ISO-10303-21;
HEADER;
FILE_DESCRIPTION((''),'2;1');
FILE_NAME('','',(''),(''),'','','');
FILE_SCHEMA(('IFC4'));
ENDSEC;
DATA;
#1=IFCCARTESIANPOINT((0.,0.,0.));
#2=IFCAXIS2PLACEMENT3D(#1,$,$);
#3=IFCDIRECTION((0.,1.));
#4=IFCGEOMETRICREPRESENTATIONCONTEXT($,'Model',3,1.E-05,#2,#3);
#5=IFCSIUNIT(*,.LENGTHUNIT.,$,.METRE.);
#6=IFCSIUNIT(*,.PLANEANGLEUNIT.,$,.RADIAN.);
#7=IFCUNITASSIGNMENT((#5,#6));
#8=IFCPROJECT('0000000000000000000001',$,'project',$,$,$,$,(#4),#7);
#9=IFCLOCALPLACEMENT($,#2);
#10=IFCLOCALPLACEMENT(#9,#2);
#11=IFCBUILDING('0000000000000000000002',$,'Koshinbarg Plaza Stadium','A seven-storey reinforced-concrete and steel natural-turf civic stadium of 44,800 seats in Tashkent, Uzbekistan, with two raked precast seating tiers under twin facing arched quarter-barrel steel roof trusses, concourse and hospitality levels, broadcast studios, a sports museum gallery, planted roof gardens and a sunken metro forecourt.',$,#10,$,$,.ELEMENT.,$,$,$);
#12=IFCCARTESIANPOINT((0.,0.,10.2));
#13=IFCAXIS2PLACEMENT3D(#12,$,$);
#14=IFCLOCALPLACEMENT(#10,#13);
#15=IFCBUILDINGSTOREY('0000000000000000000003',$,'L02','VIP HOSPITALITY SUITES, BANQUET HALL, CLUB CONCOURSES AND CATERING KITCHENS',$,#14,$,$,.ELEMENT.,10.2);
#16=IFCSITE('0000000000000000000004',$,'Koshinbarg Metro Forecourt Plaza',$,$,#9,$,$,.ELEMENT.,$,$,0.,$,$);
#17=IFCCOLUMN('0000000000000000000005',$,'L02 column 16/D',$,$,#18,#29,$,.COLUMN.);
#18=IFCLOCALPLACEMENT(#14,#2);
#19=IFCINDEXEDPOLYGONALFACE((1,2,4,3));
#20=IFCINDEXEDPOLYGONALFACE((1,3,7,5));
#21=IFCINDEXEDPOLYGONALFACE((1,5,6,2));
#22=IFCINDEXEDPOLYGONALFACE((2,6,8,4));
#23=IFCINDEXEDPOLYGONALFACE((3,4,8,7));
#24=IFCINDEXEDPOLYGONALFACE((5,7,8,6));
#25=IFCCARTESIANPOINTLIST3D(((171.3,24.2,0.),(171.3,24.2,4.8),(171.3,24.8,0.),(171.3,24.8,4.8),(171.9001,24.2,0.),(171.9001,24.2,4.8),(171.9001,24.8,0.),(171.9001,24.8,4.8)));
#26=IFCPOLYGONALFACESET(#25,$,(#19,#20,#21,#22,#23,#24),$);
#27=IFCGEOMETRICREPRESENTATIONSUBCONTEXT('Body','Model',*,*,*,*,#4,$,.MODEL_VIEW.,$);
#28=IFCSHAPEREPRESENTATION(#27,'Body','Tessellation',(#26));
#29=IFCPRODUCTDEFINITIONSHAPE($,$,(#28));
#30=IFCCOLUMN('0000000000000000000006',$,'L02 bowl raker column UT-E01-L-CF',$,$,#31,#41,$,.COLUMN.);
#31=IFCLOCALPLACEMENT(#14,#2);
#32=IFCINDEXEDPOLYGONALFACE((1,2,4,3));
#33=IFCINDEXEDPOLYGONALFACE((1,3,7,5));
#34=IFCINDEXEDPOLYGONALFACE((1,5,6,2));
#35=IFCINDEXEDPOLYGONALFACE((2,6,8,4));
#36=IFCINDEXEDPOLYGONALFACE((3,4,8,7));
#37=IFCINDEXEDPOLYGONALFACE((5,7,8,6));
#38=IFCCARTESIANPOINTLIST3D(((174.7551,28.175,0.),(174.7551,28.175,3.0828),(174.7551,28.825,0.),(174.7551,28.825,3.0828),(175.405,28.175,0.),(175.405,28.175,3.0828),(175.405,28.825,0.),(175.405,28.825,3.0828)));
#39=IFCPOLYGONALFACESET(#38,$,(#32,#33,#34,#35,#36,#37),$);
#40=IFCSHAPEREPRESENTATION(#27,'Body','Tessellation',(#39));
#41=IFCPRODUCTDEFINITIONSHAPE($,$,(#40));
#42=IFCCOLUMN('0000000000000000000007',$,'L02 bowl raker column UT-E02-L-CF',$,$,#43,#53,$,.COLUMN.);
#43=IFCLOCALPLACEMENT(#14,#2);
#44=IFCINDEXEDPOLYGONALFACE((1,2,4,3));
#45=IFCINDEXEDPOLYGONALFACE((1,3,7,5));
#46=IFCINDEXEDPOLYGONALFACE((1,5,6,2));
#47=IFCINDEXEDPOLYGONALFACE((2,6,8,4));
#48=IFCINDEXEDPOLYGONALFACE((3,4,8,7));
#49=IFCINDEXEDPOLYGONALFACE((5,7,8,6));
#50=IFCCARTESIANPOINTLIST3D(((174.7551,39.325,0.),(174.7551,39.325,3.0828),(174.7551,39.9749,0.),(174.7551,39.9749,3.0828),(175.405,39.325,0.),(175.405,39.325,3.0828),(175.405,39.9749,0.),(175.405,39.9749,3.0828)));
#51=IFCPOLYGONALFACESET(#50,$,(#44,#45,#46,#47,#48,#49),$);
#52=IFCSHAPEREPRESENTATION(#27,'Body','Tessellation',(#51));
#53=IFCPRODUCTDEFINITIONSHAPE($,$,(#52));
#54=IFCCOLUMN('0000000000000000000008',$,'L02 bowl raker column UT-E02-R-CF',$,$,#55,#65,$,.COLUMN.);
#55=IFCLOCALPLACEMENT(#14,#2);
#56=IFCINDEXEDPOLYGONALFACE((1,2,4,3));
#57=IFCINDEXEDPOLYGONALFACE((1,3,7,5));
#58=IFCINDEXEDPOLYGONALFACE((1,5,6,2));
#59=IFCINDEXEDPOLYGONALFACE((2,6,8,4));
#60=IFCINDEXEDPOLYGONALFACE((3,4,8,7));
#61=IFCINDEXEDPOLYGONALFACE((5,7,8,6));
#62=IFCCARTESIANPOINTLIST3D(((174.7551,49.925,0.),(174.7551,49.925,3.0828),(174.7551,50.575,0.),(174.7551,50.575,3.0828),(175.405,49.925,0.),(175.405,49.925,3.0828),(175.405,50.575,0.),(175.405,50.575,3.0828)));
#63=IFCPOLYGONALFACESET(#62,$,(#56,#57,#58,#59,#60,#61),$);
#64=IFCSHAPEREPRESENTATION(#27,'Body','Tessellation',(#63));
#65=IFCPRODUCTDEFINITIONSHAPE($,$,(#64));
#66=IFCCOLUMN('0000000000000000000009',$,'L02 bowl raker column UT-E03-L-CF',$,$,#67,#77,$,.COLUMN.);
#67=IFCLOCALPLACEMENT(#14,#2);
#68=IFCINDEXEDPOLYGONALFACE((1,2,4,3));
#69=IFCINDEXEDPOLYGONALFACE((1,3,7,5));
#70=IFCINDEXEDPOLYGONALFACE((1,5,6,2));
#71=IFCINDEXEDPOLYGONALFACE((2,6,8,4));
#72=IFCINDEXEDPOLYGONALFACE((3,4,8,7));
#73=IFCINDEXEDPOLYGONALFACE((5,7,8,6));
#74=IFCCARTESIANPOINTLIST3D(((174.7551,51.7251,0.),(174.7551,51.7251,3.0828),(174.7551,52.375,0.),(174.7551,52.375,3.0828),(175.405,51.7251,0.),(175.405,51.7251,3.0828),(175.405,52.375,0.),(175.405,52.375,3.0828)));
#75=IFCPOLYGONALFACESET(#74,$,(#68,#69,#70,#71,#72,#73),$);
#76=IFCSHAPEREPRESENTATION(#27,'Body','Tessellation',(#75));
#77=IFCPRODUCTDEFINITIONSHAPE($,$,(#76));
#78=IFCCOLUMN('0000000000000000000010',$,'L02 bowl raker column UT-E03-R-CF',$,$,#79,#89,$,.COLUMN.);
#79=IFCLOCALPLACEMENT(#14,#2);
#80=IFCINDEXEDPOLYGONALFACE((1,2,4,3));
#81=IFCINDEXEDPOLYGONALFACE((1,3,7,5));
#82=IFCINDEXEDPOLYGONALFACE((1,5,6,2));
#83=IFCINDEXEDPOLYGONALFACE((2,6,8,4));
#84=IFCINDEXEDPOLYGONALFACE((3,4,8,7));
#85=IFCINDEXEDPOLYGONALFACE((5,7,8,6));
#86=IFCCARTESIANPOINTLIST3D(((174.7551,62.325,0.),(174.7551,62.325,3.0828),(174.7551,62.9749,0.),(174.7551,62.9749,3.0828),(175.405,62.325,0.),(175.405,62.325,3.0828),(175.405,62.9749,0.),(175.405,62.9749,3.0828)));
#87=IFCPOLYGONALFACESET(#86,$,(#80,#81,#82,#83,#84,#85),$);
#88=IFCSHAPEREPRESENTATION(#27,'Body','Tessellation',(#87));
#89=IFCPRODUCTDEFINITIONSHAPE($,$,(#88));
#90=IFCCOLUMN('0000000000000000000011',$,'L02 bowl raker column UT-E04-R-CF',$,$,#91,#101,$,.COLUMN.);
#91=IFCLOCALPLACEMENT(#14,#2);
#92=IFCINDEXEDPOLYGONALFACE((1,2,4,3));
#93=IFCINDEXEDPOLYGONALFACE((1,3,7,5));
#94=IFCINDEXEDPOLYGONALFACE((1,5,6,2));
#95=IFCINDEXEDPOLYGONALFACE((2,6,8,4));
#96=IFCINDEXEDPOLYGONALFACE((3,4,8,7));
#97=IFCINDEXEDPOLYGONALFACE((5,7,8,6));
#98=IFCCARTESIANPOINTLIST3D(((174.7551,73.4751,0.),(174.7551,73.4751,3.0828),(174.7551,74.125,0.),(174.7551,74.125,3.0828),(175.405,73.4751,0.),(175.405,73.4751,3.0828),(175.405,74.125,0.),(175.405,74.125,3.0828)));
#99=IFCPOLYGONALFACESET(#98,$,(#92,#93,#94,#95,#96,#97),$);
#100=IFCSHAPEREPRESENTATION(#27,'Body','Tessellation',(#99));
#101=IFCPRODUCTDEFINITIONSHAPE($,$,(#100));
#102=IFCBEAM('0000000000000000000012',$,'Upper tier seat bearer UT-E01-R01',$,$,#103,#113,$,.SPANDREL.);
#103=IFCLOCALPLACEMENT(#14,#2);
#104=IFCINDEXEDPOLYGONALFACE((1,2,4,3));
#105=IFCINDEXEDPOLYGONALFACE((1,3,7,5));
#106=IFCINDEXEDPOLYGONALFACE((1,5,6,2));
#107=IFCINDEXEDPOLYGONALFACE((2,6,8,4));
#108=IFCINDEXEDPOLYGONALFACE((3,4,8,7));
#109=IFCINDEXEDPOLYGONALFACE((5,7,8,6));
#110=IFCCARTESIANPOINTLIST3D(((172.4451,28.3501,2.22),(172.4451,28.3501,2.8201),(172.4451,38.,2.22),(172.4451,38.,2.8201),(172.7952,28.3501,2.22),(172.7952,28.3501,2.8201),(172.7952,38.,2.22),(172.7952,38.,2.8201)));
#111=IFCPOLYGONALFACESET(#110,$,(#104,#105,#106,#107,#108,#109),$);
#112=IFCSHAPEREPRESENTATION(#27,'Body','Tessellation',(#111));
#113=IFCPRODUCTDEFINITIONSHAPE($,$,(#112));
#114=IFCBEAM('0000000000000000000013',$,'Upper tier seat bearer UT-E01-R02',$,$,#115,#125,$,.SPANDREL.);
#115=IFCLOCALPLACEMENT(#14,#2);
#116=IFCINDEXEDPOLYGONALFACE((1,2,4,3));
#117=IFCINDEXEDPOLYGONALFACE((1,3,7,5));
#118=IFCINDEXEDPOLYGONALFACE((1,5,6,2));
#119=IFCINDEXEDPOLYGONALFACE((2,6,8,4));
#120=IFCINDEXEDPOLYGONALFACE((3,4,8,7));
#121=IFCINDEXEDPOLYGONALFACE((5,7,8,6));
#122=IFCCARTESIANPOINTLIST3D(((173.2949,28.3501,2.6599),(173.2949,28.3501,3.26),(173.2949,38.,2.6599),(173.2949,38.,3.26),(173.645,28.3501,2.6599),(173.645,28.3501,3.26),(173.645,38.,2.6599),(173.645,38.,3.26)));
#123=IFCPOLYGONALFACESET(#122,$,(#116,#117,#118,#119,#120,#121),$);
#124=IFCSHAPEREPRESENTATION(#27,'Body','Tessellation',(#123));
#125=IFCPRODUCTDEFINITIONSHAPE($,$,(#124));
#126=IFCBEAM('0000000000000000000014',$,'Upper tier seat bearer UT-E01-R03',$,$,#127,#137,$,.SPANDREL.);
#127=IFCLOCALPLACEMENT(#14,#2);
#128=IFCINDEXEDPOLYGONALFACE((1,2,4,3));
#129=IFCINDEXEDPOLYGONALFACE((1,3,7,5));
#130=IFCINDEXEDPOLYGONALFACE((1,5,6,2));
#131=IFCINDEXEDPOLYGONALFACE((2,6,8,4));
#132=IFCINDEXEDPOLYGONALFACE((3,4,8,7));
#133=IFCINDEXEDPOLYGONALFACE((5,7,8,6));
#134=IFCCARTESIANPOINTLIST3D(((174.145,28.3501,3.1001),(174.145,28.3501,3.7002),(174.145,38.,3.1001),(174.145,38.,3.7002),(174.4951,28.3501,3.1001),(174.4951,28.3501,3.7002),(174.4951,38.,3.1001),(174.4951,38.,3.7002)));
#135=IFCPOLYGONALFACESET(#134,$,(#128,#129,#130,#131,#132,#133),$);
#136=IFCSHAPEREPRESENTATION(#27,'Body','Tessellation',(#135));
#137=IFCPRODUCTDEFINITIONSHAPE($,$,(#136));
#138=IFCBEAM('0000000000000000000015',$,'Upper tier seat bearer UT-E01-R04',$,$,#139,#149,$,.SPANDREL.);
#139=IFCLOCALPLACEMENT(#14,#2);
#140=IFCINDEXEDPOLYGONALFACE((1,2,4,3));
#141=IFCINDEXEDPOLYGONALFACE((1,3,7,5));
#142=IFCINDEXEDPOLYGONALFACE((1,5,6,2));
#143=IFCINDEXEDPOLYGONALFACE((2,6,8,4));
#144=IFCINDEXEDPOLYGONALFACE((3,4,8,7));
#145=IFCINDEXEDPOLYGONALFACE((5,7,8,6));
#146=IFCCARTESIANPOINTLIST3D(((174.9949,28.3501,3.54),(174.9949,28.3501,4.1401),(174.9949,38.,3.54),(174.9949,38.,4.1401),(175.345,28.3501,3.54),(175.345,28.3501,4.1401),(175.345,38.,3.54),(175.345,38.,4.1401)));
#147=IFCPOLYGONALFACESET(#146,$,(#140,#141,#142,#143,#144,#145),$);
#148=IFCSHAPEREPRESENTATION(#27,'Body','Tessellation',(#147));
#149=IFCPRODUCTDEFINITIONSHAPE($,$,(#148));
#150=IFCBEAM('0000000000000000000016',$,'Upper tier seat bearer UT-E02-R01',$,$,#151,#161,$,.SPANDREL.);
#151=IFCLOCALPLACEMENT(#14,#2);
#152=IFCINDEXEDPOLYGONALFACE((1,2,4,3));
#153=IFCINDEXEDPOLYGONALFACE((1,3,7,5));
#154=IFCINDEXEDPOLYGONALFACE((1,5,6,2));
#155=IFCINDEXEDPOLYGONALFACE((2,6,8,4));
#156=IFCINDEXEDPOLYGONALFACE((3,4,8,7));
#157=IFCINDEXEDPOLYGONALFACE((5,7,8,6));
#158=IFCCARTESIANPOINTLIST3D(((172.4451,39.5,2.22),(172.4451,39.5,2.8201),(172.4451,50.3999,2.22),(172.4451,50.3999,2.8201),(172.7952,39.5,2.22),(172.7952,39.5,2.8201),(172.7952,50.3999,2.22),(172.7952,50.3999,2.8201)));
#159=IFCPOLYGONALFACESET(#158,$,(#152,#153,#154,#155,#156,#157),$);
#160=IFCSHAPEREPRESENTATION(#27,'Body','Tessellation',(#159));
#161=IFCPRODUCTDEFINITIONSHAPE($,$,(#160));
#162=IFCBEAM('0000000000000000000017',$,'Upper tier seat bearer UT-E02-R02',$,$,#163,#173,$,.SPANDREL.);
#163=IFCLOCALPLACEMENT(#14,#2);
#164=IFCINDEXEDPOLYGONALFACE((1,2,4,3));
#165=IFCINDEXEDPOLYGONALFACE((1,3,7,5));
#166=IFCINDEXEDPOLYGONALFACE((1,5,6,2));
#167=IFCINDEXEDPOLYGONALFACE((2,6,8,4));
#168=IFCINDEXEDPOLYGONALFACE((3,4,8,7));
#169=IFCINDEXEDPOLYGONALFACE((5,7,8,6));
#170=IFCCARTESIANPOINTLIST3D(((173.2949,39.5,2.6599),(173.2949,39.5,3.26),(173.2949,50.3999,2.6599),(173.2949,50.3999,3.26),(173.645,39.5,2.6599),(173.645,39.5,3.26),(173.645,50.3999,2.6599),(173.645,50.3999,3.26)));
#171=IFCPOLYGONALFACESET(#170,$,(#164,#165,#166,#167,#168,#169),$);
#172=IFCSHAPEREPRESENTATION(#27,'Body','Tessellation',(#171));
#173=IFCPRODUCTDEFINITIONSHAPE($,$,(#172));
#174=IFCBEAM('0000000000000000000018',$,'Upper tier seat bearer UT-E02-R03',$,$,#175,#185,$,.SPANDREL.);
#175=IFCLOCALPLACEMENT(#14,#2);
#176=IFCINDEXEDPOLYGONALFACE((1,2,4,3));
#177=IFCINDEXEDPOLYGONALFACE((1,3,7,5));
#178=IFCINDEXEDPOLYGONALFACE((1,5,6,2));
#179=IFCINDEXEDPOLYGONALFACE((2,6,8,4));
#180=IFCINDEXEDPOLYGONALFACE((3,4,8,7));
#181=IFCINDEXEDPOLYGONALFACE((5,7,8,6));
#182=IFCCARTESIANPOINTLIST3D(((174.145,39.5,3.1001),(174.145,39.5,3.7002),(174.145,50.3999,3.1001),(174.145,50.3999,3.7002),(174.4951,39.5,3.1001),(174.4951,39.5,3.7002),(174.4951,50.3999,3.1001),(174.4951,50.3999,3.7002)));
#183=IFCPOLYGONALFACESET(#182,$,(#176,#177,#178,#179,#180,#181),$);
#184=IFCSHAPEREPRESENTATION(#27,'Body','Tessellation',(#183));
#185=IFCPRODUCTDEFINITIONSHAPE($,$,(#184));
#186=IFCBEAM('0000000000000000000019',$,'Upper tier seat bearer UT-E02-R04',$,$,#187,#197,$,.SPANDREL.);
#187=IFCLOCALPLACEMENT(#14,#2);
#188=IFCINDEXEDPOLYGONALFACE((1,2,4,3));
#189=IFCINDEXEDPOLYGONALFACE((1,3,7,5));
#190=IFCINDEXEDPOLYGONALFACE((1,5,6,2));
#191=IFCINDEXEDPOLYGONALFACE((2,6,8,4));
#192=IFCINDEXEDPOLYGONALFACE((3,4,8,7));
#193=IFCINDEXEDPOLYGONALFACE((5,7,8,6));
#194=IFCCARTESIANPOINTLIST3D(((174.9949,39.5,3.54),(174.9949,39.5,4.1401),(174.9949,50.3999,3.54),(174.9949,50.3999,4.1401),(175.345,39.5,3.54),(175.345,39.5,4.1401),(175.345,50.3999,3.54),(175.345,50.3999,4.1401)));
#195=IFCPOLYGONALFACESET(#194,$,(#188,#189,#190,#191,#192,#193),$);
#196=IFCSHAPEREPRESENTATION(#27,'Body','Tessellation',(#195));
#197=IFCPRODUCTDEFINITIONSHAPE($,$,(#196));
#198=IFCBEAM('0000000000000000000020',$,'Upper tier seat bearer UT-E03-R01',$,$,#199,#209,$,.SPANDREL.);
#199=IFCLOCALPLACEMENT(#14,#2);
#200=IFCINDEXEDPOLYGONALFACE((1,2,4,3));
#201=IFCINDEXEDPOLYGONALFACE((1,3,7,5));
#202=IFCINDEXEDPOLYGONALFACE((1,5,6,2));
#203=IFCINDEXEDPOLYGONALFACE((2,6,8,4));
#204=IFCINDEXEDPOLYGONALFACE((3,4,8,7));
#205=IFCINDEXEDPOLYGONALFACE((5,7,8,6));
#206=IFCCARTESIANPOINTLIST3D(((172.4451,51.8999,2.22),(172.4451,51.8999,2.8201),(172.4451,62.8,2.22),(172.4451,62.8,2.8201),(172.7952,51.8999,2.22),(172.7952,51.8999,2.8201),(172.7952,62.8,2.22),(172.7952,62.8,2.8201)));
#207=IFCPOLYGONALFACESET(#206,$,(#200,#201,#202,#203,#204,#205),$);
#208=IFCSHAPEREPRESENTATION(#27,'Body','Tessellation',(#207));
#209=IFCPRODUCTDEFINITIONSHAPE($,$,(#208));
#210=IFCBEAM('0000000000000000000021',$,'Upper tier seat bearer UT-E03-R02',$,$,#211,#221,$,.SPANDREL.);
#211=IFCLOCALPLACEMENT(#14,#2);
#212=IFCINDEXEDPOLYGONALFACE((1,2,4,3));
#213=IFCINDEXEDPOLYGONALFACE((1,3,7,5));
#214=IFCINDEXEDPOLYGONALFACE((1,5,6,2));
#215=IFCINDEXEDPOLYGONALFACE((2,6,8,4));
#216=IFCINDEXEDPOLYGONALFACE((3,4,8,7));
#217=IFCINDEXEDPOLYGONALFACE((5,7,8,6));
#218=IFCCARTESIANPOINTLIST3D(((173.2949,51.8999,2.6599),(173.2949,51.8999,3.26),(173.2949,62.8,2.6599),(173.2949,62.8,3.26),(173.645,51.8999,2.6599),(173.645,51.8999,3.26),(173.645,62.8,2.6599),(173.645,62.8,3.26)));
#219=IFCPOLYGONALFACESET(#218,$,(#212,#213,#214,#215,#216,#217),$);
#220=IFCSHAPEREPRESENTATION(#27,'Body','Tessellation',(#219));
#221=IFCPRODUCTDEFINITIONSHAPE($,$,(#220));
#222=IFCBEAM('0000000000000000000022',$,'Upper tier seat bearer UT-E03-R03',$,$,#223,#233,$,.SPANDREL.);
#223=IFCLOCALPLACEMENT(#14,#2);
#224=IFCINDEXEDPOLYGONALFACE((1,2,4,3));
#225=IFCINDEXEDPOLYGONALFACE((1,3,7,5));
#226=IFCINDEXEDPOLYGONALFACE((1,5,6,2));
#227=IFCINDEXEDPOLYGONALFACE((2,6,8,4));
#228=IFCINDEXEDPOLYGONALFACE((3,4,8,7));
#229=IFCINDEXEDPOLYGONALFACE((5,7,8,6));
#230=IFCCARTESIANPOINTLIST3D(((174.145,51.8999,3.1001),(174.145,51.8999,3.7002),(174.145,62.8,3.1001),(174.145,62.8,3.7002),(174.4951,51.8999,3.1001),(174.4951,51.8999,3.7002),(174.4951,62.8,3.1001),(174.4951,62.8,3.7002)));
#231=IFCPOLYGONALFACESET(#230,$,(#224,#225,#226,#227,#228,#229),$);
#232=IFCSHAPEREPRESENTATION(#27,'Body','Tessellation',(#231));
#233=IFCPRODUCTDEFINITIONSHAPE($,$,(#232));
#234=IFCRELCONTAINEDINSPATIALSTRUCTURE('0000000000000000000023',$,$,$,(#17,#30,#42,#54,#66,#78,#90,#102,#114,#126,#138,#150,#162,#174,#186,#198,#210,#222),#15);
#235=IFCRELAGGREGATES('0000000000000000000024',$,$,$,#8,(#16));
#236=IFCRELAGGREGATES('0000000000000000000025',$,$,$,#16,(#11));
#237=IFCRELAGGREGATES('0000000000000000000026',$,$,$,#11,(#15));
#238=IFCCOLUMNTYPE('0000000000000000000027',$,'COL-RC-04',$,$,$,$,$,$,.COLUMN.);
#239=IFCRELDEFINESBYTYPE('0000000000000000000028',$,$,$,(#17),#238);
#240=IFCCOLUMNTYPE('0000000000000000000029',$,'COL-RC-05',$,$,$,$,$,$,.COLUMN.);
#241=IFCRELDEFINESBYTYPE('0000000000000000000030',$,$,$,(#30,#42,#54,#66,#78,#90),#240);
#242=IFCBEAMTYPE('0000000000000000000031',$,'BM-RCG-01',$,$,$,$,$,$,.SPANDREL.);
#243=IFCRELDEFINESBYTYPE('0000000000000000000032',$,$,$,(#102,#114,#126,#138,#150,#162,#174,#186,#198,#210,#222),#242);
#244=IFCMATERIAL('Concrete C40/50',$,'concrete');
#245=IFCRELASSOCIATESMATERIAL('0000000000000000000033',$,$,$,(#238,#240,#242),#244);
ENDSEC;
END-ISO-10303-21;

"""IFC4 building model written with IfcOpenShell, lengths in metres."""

from ifc_helpers import new_model, si_unit, direction, frame, origin, origin_2d, place, context, subcontext, project, spatial, rectangle, extrude, material, material_profile, profile_set, type_object, element, save


model = new_model("IFC4")

# Units and contexts
model_context = context("Model", 3, precision=1e-05, world=origin(), true_north=direction((0.0, 1.0)))
body_context = subcontext(model_context, "Body", "Model", "MODEL_VIEW")
ifc_project = project(units=[si_unit("LENGTHUNIT", "METRE"), si_unit("PLANEANGLEUNIT", "RADIAN")], contexts=[model_context])

# Site, building, storey
site_placement = place(None, origin())
site = spatial("IfcSite", under=ifc_project, at=site_placement, Name="Koshinbarg Metro Forecourt Plaza", CompositionType="ELEMENT", RefElevation=0.0)
building_placement = place(site_placement, origin())
building = spatial("IfcBuilding", under=site, at=building_placement, Name="Koshinbarg Plaza Stadium", Description="A seven-storey reinforced-concrete and steel natural-turf civic stadium of 44,800 seats in Tashkent, Uzbekistan, with two raked precast seating tiers under twin facing arched quarter-barrel steel roof trusses, concourse and hospitality levels, broadcast studios, a sports museum gallery, planted roof gardens and a sunken metro forecourt.", CompositionType="ELEMENT")
storey_placement = place(building_placement, frame((0.0, 0.0, 10.2)))
storey = spatial("IfcBuildingStorey", under=building, at=storey_placement, Name="L02", Description="VIP HOSPITALITY SUITES, BANQUET HALL, CLUB CONCOURSES AND CATERING KITCHENS", CompositionType="ELEMENT", Elevation=10.2)

# Columns
ifc_material_1 = material(Name="Concrete C40/50", Category="concrete")
ifc_material_profile_1 = material_profile(ifc_material_1, rectangle(XDim=0.6001, YDim=0.6001, at=origin_2d()), Name="RC 600x600")
ifc_profile_set_1 = profile_set([ifc_material_profile_1], Name="Concrete C40/50")
column_type_1 = type_object("IfcColumnType", Name="COL-RC-04", PredefinedType="COLUMN", material=ifc_profile_set_1)
column_placement = place(storey_placement, frame((171.6001, 24.5, 0.0), z_axis=(0.0, 0.0, 1.0), x_axis=(1.0, 0.0, 0.0)))
element("IfcColumn", 1, at=column_placement, inside=storey, type_object=column_type_1, Name="L02 column 16/D", PredefinedType="COLUMN", context=body_context, shape_type="SweptSolid", body=[
    extrude(rectangle(XDim=0.6001, YDim=0.6001, at=origin_2d()), origin(), (0.0, 0.0, 1.0), 4.8),
])
ifc_material_profile_2 = material_profile(ifc_material_1, rectangle(XDim=0.6499, YDim=0.6499, at=origin_2d()), Name="RC 650x650")
ifc_profile_set_2 = profile_set([ifc_material_profile_2], Name="Concrete C40/50")
column_type_2 = type_object("IfcColumnType", Name="COL-RC-05", PredefinedType="COLUMN", material=ifc_profile_set_2)
for number, where, z_axis, x_axis, name in (
    (2, (175.0801, 28.5, 0.0), (0.0, 0.0, 1.0), (1.0, 0.0, 0.0), "L02 bowl raker column UT-E01-L-CF"),
    (3, (175.0801, 39.6499, 0.0), (0.0, 0.0, 1.0), (1.0, 0.0, 0.0), "L02 bowl raker column UT-E02-L-CF"),
    (4, (175.0801, 50.25, 0.0), (0.0, 0.0, 1.0), (1.0, 0.0, 0.0), "L02 bowl raker column UT-E02-R-CF"),
    (5, (175.0801, 52.05, 0.0), (0.0, 0.0, 1.0), (1.0, 0.0, 0.0), "L02 bowl raker column UT-E03-L-CF"),
    (6, (175.0801, 62.6499, 0.0), (0.0, 0.0, 1.0), (1.0, 0.0, 0.0), "L02 bowl raker column UT-E03-R-CF"),
    (7, (175.0801, 73.8, 0.0), (0.0, 0.0, 1.0), (1.0, 0.0, 0.0), "L02 bowl raker column UT-E04-R-CF"),
):
    element("IfcColumn", number, at=place(storey_placement, frame(where, z_axis=z_axis, x_axis=x_axis)), inside=storey, type_object=column_type_2, Name=name, PredefinedType="COLUMN", context=body_context, shape_type="SweptSolid", body=[
        extrude(rectangle(XDim=0.6499, YDim=0.6499, at=origin_2d()), origin(), (0.0, 0.0, 1.0), 3.0828),
    ])

# Beams
ifc_material_profile_3 = material_profile(ifc_material_1, rectangle(XDim=0.3501, YDim=0.6001, at=origin_2d()), Name="RC 350x600")
ifc_profile_set_3 = profile_set([ifc_material_profile_3], Name="Concrete C40/50")
beam_type_1 = type_object("IfcBeamType", Name="BM-RCG-01", PredefinedType="SPANDREL", material=ifc_profile_set_3)
for number, where, z_axis, x_axis, name in (
    (8, (172.6201, 28.3501, 2.52), (0.0, 1.0, 0.0), (-1.0, 0.0, 0.0), "Upper tier seat bearer UT-E01-R01"),
    (9, (173.47, 28.3501, 2.96), (0.0, 1.0, 0.0), (-1.0, 0.0, 0.0), "Upper tier seat bearer UT-E01-R02"),
    (10, (174.3201, 28.3501, 3.4001), (0.0, 1.0, 0.0), (-1.0, 0.0, 0.0), "Upper tier seat bearer UT-E01-R03"),
    (11, (175.1699, 28.3501, 3.8401), (0.0, 1.0, 0.0), (-1.0, 0.0, 0.0), "Upper tier seat bearer UT-E01-R04"),
):
    element("IfcBeam", number, at=place(storey_placement, frame(where, z_axis=z_axis, x_axis=x_axis)), inside=storey, type_object=beam_type_1, Name=name, PredefinedType="SPANDREL", context=body_context, shape_type="SweptSolid", body=[
        extrude(rectangle(XDim=0.3501, YDim=0.6001, at=origin_2d()), origin(), (0.0, 0.0, 1.0), 9.6499),
    ])
for number, where, z_axis, x_axis, name in (
    (12, (172.6201, 39.5, 2.52), (0.0, 1.0, 0.0), (-1.0, 0.0, 0.0), "Upper tier seat bearer UT-E02-R01"),
    (13, (173.47, 39.5, 2.96), (0.0, 1.0, 0.0), (-1.0, 0.0, 0.0), "Upper tier seat bearer UT-E02-R02"),
    (14, (174.3201, 39.5, 3.4001), (0.0, 1.0, 0.0), (-1.0, 0.0, 0.0), "Upper tier seat bearer UT-E02-R03"),
    (15, (175.1699, 39.5, 3.8401), (0.0, 1.0, 0.0), (-1.0, 0.0, 0.0), "Upper tier seat bearer UT-E02-R04"),
):
    element("IfcBeam", number, at=place(storey_placement, frame(where, z_axis=z_axis, x_axis=x_axis)), inside=storey, type_object=beam_type_1, Name=name, PredefinedType="SPANDREL", context=body_context, shape_type="SweptSolid", body=[
        extrude(rectangle(XDim=0.3501, YDim=0.6001, at=origin_2d()), origin(), (0.0, 0.0, 1.0), 10.8999),
    ])
for number, where, z_axis, x_axis, name in (
    (16, (172.6201, 51.8999, 2.52), (0.0, 1.0, 0.0), (-1.0, 0.0, 0.0), "Upper tier seat bearer UT-E03-R01"),
    (17, (173.47, 51.8999, 2.96), (0.0, 1.0, 0.0), (-1.0, 0.0, 0.0), "Upper tier seat bearer UT-E03-R02"),
    (18, (174.3201, 51.8999, 3.4001), (0.0, 1.0, 0.0), (-1.0, 0.0, 0.0), "Upper tier seat bearer UT-E03-R03"),
):
    element("IfcBeam", number, at=place(storey_placement, frame(where, z_axis=z_axis, x_axis=x_axis)), inside=storey, type_object=beam_type_1, Name=name, PredefinedType="SPANDREL", context=body_context, shape_type="SweptSolid", body=[
        extrude(rectangle(XDim=0.3501, YDim=0.6001, at=origin_2d()), origin(), (0.0, 0.0, 1.0), 10.9001),
    ])

save(model, "model.ifc")
